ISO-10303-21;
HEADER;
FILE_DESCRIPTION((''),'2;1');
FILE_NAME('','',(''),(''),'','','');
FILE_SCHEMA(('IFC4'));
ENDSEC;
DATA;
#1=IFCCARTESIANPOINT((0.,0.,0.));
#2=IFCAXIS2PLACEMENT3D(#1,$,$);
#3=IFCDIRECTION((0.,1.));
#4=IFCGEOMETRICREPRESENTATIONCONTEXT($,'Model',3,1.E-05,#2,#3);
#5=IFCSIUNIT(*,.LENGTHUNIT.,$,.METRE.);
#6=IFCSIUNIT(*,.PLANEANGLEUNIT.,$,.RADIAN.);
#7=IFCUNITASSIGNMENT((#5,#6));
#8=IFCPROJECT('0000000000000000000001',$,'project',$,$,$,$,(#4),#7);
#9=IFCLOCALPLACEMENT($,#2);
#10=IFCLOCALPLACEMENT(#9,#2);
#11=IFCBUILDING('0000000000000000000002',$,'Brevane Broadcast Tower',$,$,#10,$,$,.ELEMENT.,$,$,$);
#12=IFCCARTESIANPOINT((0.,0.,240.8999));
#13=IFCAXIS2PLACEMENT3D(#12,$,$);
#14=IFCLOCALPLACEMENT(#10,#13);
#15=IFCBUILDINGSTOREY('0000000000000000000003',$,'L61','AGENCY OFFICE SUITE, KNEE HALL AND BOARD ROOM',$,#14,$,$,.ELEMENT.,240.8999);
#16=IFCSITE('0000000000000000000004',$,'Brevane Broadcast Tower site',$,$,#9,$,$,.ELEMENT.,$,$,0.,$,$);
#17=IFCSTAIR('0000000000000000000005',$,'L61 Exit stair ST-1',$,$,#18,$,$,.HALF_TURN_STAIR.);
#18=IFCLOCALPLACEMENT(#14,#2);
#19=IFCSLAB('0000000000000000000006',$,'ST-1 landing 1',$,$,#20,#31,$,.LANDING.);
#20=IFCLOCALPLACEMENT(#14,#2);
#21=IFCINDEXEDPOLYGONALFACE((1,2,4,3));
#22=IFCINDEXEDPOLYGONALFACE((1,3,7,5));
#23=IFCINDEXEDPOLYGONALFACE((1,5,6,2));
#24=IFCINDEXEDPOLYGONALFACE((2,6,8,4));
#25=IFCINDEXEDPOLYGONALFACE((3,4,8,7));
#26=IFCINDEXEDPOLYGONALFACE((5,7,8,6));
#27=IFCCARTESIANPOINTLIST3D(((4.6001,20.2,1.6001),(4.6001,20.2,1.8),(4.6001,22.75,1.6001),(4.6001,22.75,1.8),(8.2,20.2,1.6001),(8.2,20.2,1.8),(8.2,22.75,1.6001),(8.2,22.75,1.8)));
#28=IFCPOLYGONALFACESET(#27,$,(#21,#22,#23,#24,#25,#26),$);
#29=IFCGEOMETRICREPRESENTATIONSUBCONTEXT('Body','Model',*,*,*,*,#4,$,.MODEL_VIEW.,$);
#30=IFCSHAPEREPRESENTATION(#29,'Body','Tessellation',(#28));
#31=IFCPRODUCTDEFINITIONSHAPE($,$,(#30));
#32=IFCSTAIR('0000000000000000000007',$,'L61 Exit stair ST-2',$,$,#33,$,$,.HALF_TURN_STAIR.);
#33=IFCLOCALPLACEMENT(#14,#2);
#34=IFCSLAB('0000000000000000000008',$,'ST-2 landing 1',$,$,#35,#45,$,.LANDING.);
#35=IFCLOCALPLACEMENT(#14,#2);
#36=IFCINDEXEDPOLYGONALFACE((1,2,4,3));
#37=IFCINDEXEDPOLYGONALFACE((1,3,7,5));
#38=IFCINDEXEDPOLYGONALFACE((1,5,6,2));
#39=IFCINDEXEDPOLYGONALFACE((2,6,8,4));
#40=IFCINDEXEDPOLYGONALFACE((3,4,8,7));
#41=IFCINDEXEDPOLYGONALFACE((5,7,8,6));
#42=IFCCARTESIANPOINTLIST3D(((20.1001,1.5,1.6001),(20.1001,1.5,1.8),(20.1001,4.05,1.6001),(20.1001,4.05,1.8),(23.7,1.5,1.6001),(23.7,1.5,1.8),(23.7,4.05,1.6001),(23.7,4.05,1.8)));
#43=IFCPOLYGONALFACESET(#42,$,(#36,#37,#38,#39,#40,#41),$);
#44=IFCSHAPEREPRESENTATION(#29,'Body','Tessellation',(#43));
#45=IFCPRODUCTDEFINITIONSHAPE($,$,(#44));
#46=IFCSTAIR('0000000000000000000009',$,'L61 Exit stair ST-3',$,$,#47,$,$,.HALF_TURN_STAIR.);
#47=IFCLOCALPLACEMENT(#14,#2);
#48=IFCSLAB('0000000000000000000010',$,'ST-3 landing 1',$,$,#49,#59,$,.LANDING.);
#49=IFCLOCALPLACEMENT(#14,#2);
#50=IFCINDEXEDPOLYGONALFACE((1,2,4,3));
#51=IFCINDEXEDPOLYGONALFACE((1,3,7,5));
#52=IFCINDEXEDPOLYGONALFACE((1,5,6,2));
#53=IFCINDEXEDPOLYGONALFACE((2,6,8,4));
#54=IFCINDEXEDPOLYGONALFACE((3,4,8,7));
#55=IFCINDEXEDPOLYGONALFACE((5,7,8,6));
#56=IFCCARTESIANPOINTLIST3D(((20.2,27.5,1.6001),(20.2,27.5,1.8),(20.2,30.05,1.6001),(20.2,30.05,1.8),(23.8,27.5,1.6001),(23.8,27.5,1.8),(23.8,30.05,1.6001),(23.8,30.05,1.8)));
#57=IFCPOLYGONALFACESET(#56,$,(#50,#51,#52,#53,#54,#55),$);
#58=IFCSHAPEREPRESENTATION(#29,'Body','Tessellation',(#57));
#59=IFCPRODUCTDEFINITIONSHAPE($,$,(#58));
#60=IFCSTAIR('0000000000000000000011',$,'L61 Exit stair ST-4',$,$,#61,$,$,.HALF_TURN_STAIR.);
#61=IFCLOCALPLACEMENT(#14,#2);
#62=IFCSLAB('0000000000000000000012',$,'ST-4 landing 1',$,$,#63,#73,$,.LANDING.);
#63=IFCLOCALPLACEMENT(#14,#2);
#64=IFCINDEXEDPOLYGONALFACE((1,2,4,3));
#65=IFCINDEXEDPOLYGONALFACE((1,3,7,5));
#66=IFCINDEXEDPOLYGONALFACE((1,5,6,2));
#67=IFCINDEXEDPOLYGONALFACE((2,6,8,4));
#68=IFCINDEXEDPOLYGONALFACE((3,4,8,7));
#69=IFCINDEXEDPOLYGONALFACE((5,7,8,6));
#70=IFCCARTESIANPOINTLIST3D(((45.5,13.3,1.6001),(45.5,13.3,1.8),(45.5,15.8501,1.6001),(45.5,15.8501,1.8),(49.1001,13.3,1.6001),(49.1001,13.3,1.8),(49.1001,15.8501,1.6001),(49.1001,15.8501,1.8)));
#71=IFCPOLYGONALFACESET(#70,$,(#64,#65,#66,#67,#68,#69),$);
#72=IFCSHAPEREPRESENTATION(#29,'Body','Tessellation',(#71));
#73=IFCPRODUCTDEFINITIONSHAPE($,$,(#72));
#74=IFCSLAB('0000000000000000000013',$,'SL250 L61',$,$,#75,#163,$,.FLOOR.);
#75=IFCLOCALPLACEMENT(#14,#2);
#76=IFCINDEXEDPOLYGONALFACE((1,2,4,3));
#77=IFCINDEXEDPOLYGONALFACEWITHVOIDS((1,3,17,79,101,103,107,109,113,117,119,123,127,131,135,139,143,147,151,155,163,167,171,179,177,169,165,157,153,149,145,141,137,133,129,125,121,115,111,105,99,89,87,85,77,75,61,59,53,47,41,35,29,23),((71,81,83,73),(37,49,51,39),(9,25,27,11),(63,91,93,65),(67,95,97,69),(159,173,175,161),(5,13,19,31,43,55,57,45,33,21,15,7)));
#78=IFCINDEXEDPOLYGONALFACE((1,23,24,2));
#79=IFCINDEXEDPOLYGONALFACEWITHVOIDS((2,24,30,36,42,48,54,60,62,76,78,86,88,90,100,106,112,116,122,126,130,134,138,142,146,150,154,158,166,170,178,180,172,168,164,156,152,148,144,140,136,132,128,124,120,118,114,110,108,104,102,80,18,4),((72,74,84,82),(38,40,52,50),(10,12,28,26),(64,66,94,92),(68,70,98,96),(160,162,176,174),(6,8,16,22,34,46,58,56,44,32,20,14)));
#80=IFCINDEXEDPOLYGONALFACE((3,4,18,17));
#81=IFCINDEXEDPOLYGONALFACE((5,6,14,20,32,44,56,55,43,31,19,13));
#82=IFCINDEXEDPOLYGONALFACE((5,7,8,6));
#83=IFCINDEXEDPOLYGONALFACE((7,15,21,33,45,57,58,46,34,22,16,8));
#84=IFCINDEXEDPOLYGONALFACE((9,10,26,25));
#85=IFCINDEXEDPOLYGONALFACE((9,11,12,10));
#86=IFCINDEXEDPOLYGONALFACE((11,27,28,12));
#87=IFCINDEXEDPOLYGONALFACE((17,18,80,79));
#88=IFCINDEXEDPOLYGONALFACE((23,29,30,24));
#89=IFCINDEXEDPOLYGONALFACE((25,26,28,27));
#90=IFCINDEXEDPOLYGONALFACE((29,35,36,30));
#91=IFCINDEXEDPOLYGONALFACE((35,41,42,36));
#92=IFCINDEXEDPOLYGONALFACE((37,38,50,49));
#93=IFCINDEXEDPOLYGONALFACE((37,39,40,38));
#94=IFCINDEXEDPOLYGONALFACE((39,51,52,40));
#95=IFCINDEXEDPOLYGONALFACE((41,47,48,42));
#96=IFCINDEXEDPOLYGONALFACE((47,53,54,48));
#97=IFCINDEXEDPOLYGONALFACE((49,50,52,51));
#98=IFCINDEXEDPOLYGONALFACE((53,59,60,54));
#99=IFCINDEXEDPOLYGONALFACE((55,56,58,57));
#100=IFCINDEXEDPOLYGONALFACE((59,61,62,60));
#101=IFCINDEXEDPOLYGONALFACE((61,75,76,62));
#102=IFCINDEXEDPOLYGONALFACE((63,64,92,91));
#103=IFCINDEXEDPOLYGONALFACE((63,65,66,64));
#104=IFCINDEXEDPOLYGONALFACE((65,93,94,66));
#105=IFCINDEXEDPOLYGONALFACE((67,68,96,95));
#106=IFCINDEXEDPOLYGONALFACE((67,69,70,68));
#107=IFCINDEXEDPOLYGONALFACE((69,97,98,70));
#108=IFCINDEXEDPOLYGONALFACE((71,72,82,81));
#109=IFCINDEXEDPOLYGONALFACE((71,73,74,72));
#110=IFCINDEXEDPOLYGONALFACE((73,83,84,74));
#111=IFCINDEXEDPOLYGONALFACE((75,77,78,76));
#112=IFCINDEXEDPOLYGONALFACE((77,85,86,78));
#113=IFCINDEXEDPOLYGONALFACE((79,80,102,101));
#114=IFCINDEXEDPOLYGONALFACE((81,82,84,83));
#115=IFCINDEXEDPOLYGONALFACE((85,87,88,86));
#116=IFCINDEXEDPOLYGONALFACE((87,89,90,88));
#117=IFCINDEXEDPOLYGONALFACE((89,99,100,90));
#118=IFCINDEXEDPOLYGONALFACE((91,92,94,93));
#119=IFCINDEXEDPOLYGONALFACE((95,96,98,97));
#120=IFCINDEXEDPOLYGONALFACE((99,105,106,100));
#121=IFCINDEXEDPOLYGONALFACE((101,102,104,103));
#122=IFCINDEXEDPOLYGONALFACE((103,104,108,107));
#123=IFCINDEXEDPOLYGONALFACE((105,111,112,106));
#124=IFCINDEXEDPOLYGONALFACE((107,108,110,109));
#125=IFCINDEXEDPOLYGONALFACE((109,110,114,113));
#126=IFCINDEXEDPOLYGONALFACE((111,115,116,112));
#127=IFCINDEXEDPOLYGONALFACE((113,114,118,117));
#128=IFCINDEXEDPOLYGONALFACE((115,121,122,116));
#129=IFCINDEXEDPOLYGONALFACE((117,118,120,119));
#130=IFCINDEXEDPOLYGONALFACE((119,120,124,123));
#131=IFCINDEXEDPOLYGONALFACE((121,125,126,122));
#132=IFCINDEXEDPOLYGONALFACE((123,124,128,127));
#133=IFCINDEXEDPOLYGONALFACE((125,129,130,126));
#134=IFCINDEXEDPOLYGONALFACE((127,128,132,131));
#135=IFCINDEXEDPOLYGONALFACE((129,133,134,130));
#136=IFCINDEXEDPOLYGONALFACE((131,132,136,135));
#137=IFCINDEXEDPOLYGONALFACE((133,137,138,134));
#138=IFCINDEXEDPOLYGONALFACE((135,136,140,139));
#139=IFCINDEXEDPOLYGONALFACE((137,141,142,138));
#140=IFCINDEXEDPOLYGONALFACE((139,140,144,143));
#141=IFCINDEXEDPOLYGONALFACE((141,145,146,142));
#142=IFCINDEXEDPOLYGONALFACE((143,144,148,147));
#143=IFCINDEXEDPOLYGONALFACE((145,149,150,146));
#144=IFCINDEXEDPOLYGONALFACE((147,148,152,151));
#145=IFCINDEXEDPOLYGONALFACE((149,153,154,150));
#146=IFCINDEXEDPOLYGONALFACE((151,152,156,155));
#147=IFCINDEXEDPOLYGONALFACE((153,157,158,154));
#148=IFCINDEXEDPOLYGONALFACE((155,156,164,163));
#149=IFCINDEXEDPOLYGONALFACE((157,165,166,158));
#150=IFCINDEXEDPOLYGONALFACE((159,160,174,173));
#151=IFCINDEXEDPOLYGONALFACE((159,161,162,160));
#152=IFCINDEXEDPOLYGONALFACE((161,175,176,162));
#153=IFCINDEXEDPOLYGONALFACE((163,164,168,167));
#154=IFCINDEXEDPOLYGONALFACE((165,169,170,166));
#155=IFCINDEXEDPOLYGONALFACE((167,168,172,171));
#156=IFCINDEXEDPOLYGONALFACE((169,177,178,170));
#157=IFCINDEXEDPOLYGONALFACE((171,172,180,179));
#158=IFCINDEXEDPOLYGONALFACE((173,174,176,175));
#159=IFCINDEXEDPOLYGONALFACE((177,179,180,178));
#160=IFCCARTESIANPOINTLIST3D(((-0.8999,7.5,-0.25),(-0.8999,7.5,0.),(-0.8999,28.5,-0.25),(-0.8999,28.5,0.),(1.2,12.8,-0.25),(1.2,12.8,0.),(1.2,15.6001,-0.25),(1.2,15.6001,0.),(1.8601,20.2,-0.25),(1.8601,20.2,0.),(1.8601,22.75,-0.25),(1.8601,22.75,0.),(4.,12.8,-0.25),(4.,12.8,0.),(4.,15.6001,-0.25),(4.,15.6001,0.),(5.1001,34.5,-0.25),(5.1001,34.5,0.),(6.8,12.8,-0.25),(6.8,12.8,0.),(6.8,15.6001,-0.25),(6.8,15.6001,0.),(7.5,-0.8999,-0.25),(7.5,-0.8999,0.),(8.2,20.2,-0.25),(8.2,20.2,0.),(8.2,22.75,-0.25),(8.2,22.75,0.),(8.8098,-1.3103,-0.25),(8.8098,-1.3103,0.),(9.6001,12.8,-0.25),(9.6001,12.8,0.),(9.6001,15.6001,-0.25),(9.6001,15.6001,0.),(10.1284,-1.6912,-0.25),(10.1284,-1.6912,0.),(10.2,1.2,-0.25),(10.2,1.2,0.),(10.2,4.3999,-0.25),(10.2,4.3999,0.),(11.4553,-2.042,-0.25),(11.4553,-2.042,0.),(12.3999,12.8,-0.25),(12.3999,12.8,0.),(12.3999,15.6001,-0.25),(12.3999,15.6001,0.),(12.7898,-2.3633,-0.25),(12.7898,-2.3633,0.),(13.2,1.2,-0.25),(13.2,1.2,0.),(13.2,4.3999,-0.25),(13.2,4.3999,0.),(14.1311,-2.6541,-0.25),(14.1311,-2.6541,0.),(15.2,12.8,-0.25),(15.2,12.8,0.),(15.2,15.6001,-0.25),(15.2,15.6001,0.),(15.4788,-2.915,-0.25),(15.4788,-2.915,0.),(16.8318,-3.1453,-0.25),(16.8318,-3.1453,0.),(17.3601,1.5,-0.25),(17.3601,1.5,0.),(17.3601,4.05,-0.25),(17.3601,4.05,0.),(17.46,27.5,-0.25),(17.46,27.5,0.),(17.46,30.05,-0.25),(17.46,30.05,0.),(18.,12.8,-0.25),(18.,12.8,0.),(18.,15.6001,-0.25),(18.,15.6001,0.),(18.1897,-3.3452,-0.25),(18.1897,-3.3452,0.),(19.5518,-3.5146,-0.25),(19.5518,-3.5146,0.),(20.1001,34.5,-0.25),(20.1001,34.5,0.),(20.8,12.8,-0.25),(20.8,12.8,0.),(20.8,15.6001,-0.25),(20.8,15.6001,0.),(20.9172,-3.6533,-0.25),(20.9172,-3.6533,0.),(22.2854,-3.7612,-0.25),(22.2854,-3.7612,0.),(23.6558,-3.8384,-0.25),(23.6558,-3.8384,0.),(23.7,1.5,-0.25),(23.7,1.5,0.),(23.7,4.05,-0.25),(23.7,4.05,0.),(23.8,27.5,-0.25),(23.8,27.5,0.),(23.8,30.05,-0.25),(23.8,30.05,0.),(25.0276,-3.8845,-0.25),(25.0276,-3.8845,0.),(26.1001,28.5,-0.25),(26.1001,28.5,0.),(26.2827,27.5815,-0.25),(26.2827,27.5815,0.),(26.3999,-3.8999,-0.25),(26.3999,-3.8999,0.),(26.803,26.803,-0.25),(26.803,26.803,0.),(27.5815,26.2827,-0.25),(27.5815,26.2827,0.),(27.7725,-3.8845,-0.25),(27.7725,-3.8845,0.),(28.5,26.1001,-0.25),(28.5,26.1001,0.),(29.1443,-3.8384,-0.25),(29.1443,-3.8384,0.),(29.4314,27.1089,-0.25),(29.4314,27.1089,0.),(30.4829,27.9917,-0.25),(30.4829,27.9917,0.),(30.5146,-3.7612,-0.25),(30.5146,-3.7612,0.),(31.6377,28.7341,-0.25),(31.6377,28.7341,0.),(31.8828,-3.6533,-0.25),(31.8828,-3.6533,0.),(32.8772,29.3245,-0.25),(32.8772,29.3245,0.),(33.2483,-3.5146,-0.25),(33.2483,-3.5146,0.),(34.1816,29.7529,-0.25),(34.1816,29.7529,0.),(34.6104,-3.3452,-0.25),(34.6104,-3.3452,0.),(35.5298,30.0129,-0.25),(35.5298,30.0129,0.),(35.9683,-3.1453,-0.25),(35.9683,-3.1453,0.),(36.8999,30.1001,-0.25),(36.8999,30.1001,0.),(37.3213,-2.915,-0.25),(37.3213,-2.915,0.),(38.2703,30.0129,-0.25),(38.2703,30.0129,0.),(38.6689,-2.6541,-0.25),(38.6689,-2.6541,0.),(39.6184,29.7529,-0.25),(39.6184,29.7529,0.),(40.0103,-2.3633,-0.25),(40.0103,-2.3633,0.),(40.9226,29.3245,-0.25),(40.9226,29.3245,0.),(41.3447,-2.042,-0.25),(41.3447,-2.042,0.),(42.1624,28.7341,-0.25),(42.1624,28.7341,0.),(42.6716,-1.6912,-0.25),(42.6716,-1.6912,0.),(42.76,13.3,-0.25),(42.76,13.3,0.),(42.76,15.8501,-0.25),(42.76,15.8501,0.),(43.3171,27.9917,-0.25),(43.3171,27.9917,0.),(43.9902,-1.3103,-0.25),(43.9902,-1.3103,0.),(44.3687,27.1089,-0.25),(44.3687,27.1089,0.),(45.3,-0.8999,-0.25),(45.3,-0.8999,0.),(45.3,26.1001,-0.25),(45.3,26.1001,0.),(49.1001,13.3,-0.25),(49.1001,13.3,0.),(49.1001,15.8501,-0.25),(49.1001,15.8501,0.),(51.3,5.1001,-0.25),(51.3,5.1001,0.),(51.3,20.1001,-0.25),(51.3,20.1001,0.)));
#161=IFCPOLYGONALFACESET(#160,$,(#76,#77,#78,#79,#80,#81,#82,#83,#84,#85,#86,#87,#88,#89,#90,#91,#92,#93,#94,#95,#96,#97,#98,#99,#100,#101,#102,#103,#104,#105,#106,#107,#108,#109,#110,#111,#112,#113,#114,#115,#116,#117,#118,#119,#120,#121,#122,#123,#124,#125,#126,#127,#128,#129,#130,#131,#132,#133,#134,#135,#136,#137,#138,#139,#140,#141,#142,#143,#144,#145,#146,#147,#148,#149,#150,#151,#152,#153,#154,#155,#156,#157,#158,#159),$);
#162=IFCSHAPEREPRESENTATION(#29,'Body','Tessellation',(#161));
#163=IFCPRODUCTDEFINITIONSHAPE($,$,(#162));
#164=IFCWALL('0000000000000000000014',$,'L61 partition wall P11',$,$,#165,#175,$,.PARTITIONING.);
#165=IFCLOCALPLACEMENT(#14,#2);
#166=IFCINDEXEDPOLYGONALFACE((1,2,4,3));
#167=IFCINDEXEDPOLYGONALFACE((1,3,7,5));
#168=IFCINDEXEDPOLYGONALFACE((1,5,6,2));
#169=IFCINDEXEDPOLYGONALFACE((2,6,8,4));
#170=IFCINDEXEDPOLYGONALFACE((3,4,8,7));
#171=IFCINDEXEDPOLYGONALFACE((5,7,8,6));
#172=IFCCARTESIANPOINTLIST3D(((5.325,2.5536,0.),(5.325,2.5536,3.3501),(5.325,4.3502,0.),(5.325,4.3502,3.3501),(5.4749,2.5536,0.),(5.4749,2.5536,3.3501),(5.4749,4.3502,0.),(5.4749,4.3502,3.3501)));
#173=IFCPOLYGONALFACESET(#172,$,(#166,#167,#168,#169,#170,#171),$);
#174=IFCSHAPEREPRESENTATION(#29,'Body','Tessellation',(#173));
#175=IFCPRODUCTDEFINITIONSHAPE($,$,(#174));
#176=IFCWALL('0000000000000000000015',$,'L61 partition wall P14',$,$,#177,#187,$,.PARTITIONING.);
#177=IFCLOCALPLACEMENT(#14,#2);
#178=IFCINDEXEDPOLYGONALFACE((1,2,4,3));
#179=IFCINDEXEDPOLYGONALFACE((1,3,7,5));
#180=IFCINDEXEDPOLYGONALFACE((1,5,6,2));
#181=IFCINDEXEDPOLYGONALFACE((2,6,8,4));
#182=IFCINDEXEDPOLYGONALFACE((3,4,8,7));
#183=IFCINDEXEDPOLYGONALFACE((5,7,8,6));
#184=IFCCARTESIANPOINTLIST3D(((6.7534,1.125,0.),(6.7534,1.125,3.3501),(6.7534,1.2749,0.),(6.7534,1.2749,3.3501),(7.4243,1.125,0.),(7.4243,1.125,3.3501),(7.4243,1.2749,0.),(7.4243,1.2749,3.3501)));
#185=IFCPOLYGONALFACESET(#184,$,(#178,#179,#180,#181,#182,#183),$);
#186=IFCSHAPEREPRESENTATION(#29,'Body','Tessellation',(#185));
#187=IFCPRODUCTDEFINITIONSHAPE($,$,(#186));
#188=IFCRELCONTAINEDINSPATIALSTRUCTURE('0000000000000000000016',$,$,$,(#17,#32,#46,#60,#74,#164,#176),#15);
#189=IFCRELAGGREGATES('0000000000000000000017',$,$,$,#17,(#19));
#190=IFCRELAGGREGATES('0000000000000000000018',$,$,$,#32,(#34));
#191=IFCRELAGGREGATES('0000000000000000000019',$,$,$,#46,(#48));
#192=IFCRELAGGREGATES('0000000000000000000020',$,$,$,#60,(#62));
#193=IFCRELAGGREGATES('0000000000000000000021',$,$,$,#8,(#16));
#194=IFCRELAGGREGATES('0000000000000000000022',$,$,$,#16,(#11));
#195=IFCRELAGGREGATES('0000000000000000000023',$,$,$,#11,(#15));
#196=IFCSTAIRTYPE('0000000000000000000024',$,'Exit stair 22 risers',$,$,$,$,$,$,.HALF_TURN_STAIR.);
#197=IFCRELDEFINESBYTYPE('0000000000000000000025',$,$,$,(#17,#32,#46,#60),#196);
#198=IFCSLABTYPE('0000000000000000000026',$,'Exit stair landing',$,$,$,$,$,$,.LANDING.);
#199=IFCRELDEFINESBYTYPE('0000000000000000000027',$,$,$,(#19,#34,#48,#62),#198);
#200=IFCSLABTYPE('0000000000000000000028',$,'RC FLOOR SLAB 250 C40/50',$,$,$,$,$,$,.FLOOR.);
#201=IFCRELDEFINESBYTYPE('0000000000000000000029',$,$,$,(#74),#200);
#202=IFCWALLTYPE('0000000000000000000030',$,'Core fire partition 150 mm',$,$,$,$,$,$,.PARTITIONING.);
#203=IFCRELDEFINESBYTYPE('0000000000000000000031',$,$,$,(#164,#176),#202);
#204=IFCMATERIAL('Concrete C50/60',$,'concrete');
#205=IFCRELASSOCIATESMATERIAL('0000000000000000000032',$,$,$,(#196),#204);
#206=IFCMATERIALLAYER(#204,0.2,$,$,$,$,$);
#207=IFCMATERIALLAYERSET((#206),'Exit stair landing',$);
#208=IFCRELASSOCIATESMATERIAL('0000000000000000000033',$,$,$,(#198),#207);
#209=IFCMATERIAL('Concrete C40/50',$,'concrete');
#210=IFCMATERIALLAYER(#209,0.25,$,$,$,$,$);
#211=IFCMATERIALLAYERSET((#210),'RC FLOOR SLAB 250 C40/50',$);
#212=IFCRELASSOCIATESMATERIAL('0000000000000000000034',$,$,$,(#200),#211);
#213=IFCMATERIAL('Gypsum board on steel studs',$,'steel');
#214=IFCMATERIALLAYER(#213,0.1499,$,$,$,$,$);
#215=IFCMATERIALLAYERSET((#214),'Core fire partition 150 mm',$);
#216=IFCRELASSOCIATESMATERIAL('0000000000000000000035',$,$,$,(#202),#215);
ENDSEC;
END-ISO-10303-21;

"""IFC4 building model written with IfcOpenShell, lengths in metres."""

from ifc_helpers import new_model, si_unit, direction, frame, frame_2d, origin, place, context, subcontext, project, spatial, polyline, rectangle, outline, extrude, material, layer, layer_set, type_object, element, aggregate, save


model = new_model("IFC4")

# Units and contexts
model_context = context("Model", 3, precision=1e-05, world=origin(), true_north=direction((0.0, 1.0)))
body_context = subcontext(model_context, "Body", "Model", "MODEL_VIEW")
ifc_project = project(units=[si_unit("LENGTHUNIT", "METRE"), si_unit("PLANEANGLEUNIT", "RADIAN")], contexts=[model_context])

# Site, building, storey
site_placement = place(None, origin())
site = spatial("IfcSite", under=ifc_project, at=site_placement, Name="Brevane Broadcast Tower site", CompositionType="ELEMENT", RefElevation=0.0)
building_placement = place(site_placement, origin())
building = spatial("IfcBuilding", under=site, at=building_placement, Name="Brevane Broadcast Tower", CompositionType="ELEMENT")
storey_placement = place(building_placement, frame((0.0, 0.0, 240.8999)))
storey = spatial("IfcBuildingStorey", under=building, at=storey_placement, Name="L61", Description="AGENCY OFFICE SUITE, KNEE HALL AND BOARD ROOM", CompositionType="ELEMENT", Elevation=240.8999)

# Stairs, slabs
ifc_material_1 = material(Name="Concrete C50/60", Category="concrete")
stair_type = type_object("IfcStairType", Name="Exit stair 22 risers", PredefinedType="HALF_TURN_STAIR", material=ifc_material_1)
stair_1_placement = place(storey_placement, origin())
stair_1 = element("IfcStair", 1, at=stair_1_placement, inside=storey, type_object=stair_type, Name="L61 Exit stair ST-1", PredefinedType="HALF_TURN_STAIR")
ifc_layer_1 = layer(ifc_material_1, 0.2)
ifc_layer_set_1 = layer_set([ifc_layer_1], Name="Exit stair landing")
slab_type_1 = type_object("IfcSlabType", Name="Exit stair landing", PredefinedType="LANDING", material=ifc_layer_set_1)
slab_1_placement = place(storey_placement, frame((0.0, 0.0, 1.6001)))
slab_1 = element("IfcSlab", 2, at=slab_1_placement, type_object=slab_type_1, Name="ST-1 landing 1", PredefinedType="LANDING", context=body_context, shape_type="SweptSolid", body=[
    extrude(outline(polyline([(4.6001, 20.2), (8.2, 20.2), (8.2, 22.75), (4.6001, 22.75), (4.6001, 20.2)])), origin(), (0.0, 0.0, 1.0), 0.2),
])
aggregate(stair_1, [slab_1])
stair_2_placement = place(storey_placement, origin())
stair_2 = element("IfcStair", 3, at=stair_2_placement, inside=storey, type_object=stair_type, Name="L61 Exit stair ST-2", PredefinedType="HALF_TURN_STAIR")
slab_2_placement = place(storey_placement, frame((0.0, 0.0, 1.6001)))
slab_2 = element("IfcSlab", 4, at=slab_2_placement, type_object=slab_type_1, Name="ST-2 landing 1", PredefinedType="LANDING", context=body_context, shape_type="SweptSolid", body=[
    extrude(outline(polyline([(20.1001, 1.5), (23.7, 1.5), (23.7, 4.05), (20.1001, 4.05), (20.1001, 1.5)])), origin(), (0.0, 0.0, 1.0), 0.2),
])
aggregate(stair_2, [slab_2])
stair_3_placement = place(storey_placement, origin())
stair_3 = element("IfcStair", 5, at=stair_3_placement, inside=storey, type_object=stair_type, Name="L61 Exit stair ST-3", PredefinedType="HALF_TURN_STAIR")
slab_3_placement = place(storey_placement, frame((0.0, 0.0, 1.6001)))
slab_3 = element("IfcSlab", 6, at=slab_3_placement, type_object=slab_type_1, Name="ST-3 landing 1", PredefinedType="LANDING", context=body_context, shape_type="SweptSolid", body=[
    extrude(outline(polyline([(20.2, 27.5), (23.8, 27.5), (23.8, 30.05), (20.2, 30.05), (20.2, 27.5)])), origin(), (0.0, 0.0, 1.0), 0.2),
])
aggregate(stair_3, [slab_3])
stair_4_placement = place(storey_placement, origin())
stair_4 = element("IfcStair", 7, at=stair_4_placement, inside=storey, type_object=stair_type, Name="L61 Exit stair ST-4", PredefinedType="HALF_TURN_STAIR")
slab_4_placement = place(storey_placement, frame((0.0, 0.0, 1.6001)))
slab_4 = element("IfcSlab", 8, at=slab_4_placement, type_object=slab_type_1, Name="ST-4 landing 1", PredefinedType="LANDING", context=body_context, shape_type="SweptSolid", body=[
    extrude(outline(polyline([(45.5, 13.3), (49.1001, 13.3), (49.1001, 15.8501), (45.5, 15.8501), (45.5, 13.3)])), origin(), (0.0, 0.0, 1.0), 0.2),
])
aggregate(stair_4, [slab_4])

# Slab
ifc_material_2 = material(Name="Concrete C40/50", Category="concrete")
ifc_layer_2 = layer(ifc_material_2, 0.25)
ifc_layer_set_2 = layer_set([ifc_layer_2], Name="RC FLOOR SLAB 250 C40/50")
slab_type_2 = type_object("IfcSlabType", Name="RC FLOOR SLAB 250 C40/50", PredefinedType="FLOOR", material=ifc_layer_set_2)
slab_5_placement = place(storey_placement, frame((0.0, 0.0, -0.25)))
element("IfcSlab", 9, at=slab_5_placement, inside=storey, type_object=slab_type_2, Name="SL250 L61", PredefinedType="FLOOR", context=body_context, shape_type="SweptSolid", body=[
    extrude(outline(polyline([(-0.8999, 7.5), (-0.8999, 28.5), (5.1001, 34.5), (20.1001, 34.5), (26.1001, 28.5), (26.2827, 27.5815), (26.803, 26.803), (27.5815, 26.2827), (28.5, 26.1001), (29.4314, 27.1089), (30.4829, 27.9917), (31.6377, 28.7341), (32.8772, 29.3245), (34.1816, 29.7529), (35.5298, 30.0129), (36.8999, 30.1001), (38.2703, 30.0129), (39.6184, 29.7529), (40.9226, 29.3245), (42.1624, 28.7341), (43.3171, 27.9917), (44.3687, 27.1089), (45.3, 26.1001), (51.3, 20.1001), (51.3, 5.1001), (45.3, -0.8999), (43.9902, -1.3103), (42.6716, -1.6912), (41.3447, -2.042), (40.0103, -2.3633), (38.6689, -2.6541), (37.3213, -2.915), (35.9683, -3.1453), (34.6104, -3.3452), (33.2483, -3.5146), (31.8828, -3.6533), (30.5146, -3.7612), (29.1443, -3.8384), (27.7725, -3.8845), (26.3999, -3.8999), (25.0276, -3.8845), (23.6558, -3.8384), (22.2854, -3.7612), (20.9172, -3.6533), (19.5518, -3.5146), (18.1897, -3.3452), (16.8318, -3.1453), (15.4788, -2.915), (14.1311, -2.6541), (12.7898, -2.3633), (11.4553, -2.042), (10.1284, -1.6912), (8.8098, -1.3103), (7.5, -0.8999), (-0.8999, 7.5)]), holes=[polyline([(13.2, 4.3999), (10.2, 4.3999), (10.2, 1.2), (13.2, 1.2), (13.2, 4.3999)]), polyline([(4.0, 15.6001), (1.2, 15.6001), (1.2, 12.8), (4.0, 12.8), (6.8, 12.8), (9.6001, 12.8), (12.3999, 12.8), (15.2, 12.8), (15.2, 15.6001), (12.3999, 15.6001), (9.6001, 15.6001), (6.8, 15.6001), (4.0, 15.6001)]), polyline([(1.8601, 22.75), (1.8601, 20.2), (8.2, 20.2), (8.2, 22.75), (1.8601, 22.75)]), polyline([(23.7, 4.05), (17.3601, 4.05), (17.3601, 1.5), (23.7, 1.5), (23.7, 4.05)]), polyline([(20.8, 15.6001), (18.0, 15.6001), (18.0, 12.8), (20.8, 12.8), (20.8, 15.6001)]), polyline([(49.1001, 15.8501), (42.76, 15.8501), (42.76, 13.3), (49.1001, 13.3), (49.1001, 15.8501)]), polyline([(23.8, 30.05), (17.46, 30.05), (17.46, 27.5), (23.8, 27.5), (23.8, 30.05)])]), origin(), (0.0, 0.0, 1.0), 0.25),
])

# Walls
ifc_material_3 = material(Name="Gypsum board on steel studs", Category="steel")
ifc_layer_3 = layer(ifc_material_3, 0.1499)
ifc_layer_set_3 = layer_set([ifc_layer_3], Name="Core fire partition 150 mm")
wall_type = type_object("IfcWallType", Name="Core fire partition 150 mm", PredefinedType="PARTITIONING", material=ifc_layer_set_3)
wall_1_placement = place(storey_placement, frame((5.3999, 2.5535, 0.0), z_axis=(0.0, 0.0, 1.0), x_axis=(0.0, 1.0, 0.0)))
element("IfcWall", 10, at=wall_1_placement, inside=storey, type_object=wall_type, Name="L61 partition wall P11", PredefinedType="PARTITIONING", context=body_context, shape_type="SweptSolid", body=[
    extrude(rectangle(XDim=1.7966, YDim=0.1499, at=frame_2d((0.8984, 0.0))), origin(), (0.0, 0.0, 1.0), 3.3501),
])
wall_2_placement = place(storey_placement, frame((7.4243, 1.2, 0.0), z_axis=(0.0, 0.0, 1.0), x_axis=(-1.0, 0.0, 0.0)))
element("IfcWall", 11, at=wall_2_placement, inside=storey, type_object=wall_type, Name="L61 partition wall P14", PredefinedType="PARTITIONING", context=body_context, shape_type="SweptSolid", body=[
    extrude(rectangle(XDim=0.6709, YDim=0.1499, at=frame_2d((0.3354, 0.0))), origin(), (0.0, 0.0, 1.0), 3.3501),
])

save(model, "model.ifc")
